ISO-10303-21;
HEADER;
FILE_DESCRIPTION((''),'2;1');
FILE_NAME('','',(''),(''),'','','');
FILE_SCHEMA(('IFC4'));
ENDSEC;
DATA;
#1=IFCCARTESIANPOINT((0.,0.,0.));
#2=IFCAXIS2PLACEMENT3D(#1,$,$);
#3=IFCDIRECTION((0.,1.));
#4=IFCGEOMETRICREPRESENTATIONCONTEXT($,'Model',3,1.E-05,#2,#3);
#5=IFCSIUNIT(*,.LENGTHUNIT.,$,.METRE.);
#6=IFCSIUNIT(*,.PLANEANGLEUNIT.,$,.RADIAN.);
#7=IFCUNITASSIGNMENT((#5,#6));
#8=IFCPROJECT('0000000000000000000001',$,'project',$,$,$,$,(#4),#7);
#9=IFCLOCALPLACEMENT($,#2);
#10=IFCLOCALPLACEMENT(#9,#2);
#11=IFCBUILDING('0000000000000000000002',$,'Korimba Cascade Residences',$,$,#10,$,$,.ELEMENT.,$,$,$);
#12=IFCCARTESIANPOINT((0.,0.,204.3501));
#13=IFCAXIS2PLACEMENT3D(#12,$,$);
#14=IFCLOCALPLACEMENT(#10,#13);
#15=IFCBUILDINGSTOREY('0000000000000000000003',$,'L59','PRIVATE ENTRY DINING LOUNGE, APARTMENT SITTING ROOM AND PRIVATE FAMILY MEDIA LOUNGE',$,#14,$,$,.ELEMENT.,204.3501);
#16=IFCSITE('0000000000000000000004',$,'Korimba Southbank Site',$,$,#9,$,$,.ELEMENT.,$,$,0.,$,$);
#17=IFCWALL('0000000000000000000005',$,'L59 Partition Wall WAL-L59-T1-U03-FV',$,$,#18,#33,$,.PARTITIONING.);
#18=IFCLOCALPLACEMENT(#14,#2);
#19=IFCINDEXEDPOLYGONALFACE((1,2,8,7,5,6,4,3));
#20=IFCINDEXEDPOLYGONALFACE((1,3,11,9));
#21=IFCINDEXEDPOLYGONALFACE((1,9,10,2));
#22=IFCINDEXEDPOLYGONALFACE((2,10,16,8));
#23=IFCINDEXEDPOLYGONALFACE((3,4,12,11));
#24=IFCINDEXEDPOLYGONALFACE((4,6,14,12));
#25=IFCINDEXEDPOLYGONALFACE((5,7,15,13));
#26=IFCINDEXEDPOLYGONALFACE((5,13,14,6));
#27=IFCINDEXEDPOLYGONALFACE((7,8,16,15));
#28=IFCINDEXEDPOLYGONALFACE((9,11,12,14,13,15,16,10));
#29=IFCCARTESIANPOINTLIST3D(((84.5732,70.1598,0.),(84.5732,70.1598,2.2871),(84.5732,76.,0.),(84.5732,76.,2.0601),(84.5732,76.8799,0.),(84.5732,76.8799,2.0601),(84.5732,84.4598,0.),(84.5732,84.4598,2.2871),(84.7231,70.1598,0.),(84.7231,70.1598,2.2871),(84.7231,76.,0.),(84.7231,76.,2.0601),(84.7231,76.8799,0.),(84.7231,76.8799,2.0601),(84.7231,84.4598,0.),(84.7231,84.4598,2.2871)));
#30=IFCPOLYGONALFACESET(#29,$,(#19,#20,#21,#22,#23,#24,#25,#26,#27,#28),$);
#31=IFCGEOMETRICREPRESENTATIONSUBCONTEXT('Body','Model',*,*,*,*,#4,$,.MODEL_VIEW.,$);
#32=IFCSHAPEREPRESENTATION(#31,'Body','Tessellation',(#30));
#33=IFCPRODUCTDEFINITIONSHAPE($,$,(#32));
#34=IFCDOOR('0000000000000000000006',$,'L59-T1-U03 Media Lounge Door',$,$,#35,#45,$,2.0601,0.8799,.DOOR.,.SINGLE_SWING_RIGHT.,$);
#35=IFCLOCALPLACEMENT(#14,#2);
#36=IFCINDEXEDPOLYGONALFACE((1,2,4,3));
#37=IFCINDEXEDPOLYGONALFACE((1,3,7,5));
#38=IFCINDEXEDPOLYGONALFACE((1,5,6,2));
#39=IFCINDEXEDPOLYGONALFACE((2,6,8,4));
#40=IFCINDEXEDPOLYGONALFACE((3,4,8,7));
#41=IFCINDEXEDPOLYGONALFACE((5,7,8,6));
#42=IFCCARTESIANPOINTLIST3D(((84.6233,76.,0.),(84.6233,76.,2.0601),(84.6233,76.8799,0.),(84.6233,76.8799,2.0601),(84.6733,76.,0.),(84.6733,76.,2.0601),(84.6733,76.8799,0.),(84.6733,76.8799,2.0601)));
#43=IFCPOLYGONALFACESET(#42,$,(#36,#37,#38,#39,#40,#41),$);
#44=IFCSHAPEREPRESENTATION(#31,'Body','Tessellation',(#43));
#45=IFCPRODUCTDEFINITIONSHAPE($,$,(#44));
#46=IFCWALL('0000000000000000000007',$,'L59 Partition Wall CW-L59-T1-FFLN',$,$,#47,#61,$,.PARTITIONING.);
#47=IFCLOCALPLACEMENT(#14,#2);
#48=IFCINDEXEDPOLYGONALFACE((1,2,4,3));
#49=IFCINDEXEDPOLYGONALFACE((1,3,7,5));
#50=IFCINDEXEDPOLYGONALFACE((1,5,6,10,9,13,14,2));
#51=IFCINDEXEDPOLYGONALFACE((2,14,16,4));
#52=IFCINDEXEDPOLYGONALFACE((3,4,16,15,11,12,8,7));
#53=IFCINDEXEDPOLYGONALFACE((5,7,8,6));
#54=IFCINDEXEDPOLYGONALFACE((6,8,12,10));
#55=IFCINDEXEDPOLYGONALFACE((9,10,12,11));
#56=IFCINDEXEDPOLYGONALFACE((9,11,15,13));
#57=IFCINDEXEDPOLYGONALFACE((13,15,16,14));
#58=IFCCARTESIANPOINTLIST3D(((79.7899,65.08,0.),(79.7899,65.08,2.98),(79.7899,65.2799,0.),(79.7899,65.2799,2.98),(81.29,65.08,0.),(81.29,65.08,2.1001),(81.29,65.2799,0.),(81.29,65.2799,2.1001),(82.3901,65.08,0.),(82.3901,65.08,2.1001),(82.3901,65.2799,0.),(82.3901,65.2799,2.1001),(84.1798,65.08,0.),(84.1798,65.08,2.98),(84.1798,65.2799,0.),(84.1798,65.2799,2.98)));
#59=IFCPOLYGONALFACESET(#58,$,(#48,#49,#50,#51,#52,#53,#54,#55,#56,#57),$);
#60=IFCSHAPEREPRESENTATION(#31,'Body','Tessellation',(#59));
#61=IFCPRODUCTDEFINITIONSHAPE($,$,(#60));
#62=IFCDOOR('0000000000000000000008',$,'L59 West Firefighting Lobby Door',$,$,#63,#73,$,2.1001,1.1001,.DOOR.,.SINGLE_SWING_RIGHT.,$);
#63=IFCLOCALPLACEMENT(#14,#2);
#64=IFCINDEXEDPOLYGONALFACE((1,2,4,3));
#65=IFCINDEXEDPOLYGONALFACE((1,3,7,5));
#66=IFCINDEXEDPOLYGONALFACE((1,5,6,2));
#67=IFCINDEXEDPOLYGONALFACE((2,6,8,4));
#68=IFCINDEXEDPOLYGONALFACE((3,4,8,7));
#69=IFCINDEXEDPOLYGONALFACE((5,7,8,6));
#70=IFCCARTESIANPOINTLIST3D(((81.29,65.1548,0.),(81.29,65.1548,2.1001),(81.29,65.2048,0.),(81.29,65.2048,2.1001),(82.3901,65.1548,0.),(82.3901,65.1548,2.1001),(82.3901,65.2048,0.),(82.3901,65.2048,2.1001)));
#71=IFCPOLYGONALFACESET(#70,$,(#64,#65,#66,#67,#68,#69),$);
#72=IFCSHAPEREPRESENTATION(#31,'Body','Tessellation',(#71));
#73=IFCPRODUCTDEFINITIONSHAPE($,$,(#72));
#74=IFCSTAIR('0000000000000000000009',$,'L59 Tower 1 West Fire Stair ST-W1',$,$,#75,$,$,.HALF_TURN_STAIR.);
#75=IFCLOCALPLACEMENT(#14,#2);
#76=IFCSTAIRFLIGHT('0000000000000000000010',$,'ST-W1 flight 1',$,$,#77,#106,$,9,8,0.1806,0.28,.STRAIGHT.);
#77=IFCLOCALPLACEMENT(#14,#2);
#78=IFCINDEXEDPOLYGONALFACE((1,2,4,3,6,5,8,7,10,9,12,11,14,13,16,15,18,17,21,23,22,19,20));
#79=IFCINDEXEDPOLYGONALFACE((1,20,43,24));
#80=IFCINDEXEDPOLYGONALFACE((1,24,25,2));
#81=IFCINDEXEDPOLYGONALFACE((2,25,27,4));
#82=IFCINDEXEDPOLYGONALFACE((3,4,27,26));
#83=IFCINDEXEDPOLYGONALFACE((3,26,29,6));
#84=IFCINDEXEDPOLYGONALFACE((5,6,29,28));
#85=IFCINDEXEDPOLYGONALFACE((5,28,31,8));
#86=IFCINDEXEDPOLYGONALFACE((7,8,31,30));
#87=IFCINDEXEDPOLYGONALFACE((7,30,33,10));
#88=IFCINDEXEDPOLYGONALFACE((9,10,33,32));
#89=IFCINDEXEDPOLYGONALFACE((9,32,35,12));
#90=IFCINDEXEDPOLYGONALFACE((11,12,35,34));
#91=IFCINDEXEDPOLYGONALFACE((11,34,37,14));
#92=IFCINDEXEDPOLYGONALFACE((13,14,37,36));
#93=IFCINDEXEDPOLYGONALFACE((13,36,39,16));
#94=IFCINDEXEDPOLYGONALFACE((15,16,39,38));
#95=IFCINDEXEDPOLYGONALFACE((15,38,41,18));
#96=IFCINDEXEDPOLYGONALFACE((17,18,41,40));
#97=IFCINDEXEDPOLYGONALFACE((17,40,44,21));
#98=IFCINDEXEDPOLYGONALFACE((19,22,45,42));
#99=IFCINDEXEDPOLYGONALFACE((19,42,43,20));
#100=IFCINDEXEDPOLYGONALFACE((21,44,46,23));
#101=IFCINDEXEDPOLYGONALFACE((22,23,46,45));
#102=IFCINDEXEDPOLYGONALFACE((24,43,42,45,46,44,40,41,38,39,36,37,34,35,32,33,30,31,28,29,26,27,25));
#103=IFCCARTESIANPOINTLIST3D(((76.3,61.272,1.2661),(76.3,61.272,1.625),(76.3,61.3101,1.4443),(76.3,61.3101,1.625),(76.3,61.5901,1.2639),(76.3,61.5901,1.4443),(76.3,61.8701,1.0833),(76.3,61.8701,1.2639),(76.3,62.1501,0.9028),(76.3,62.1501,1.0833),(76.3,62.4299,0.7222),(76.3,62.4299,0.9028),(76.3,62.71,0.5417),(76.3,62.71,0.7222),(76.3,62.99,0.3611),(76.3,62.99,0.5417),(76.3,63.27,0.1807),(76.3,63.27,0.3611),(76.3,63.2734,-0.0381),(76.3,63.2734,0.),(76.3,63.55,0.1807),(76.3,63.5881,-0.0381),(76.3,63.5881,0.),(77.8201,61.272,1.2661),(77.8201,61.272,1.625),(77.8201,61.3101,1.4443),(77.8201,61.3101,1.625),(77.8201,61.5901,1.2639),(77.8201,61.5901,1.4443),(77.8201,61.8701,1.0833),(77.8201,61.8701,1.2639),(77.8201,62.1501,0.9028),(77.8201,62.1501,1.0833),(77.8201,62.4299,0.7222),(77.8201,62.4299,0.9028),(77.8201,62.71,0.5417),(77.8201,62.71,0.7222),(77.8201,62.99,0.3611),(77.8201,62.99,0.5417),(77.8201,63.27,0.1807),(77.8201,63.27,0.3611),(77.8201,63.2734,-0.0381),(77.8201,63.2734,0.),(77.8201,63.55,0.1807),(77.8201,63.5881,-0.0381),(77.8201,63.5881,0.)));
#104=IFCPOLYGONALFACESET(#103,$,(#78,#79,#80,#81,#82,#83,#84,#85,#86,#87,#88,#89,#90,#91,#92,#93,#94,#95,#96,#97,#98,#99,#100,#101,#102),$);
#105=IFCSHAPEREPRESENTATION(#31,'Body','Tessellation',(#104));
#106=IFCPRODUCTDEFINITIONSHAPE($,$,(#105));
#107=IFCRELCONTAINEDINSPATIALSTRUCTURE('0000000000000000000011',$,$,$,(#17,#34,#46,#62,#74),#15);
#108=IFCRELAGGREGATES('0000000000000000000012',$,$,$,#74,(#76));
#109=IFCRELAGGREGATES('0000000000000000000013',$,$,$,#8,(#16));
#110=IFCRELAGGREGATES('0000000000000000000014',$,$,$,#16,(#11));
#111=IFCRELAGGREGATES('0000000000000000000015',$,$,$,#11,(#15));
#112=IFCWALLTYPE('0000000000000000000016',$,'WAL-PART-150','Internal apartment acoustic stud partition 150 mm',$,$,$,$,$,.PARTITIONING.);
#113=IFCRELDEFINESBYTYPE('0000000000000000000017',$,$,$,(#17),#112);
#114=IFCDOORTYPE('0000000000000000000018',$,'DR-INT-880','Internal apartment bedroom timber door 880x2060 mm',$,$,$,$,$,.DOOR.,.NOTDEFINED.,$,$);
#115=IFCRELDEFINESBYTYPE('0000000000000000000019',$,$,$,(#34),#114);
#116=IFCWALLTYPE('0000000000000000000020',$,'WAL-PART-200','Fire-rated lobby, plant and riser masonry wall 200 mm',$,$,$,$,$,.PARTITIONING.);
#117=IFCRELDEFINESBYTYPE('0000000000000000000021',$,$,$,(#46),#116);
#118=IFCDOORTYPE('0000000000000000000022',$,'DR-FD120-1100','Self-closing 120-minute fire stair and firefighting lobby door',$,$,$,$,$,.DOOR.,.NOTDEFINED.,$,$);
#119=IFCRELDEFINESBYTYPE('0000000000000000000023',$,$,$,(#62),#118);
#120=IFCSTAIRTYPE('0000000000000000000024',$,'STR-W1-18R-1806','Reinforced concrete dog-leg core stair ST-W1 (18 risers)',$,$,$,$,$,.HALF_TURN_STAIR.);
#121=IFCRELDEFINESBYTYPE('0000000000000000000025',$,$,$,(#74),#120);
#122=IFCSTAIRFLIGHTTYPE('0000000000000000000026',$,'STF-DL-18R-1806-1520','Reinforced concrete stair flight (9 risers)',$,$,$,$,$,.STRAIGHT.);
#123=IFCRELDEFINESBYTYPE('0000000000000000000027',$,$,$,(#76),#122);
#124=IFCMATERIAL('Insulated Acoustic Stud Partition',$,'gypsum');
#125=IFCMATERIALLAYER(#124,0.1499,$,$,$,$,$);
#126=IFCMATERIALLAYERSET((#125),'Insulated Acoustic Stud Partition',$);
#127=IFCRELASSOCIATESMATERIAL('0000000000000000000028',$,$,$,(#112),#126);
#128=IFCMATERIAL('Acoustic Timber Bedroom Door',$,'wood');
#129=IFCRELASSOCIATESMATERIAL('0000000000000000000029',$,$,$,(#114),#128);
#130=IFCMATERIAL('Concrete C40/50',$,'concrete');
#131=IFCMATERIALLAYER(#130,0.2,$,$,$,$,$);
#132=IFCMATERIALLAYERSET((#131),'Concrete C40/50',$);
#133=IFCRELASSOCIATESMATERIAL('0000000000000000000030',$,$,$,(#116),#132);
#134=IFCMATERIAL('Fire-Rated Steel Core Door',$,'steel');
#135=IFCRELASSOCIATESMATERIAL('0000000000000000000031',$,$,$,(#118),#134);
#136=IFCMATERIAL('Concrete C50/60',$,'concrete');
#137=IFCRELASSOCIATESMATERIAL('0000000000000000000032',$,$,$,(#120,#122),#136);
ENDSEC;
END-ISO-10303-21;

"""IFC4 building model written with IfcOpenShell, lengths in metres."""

from ifc_helpers import new_model, si_unit, direction, frame, frame_2d, origin, place, context, subcontext, project, spatial, polyline, rectangle, outline, extrude, material, layer, layer_set, type_object, element, fill, aggregate, save


model = new_model("IFC4")

# Units and contexts
model_context = context("Model", 3, precision=1e-05, world=origin(), true_north=direction((0.0, 1.0)))
body_context = subcontext(model_context, "Body", "Model", "MODEL_VIEW")
ifc_project = project(units=[si_unit("LENGTHUNIT", "METRE"), si_unit("PLANEANGLEUNIT", "RADIAN")], contexts=[model_context])

# Site, building, storey
site_placement = place(None, origin())
site = spatial("IfcSite", under=ifc_project, at=site_placement, Name="Korimba Southbank Site", CompositionType="ELEMENT", RefElevation=0.0)
building_placement = place(site_placement, origin())
building = spatial("IfcBuilding", under=site, at=building_placement, Name="Korimba Cascade Residences", CompositionType="ELEMENT")
storey_placement = place(building_placement, frame((0.0, 0.0, 204.3501)))
storey = spatial("IfcBuildingStorey", under=building, at=storey_placement, Name="L59", Description="PRIVATE ENTRY DINING LOUNGE, APARTMENT SITTING ROOM AND PRIVATE FAMILY MEDIA LOUNGE", CompositionType="ELEMENT", Elevation=204.3501)

# Walls, openings, doors
ifc_material_1 = material(Name="Insulated Acoustic Stud Partition", Category="gypsum")
ifc_layer_1 = layer(ifc_material_1, 0.1499)
ifc_layer_set_1 = layer_set([ifc_layer_1], Name="Insulated Acoustic Stud Partition")
wall_type_1 = type_object("IfcWallType", Name="WAL-PART-150", Description="Internal apartment acoustic stud partition 150 mm", PredefinedType="PARTITIONING", material=ifc_layer_set_1)
ifc_material_2 = material(Name="Acoustic Timber Bedroom Door", Category="wood")
door_type_1 = type_object("IfcDoorType", Name="DR-INT-880", Description="Internal apartment bedroom timber door 880x2060 mm", OperationType="NOTDEFINED", PredefinedType="DOOR", material=ifc_material_2)
wall_1_placement = place(storey_placement, frame((84.6482, 70.1599, 0.0), z_axis=(0.0, 0.0, 1.0), x_axis=(0.0, 1.0, 0.0)))
wall_1 = element("IfcWall", 1, at=wall_1_placement, inside=storey, type_object=wall_type_1, Name="L59 Partition Wall WAL-L59-T1-U03-FV", PredefinedType="PARTITIONING", context=body_context, shape_type="SweptSolid", body=[
    extrude(rectangle(XDim=14.3, YDim=0.1499, at=frame_2d((7.1499, 0.0))), origin(), (0.0, 0.0, 1.0), 2.2871),
])
opening_1_placement = place(wall_1_placement, frame((5.8401, 0.0, 0.0)))
opening_1 = element("IfcOpeningElement", 2, at=opening_1_placement, cuts=wall_1, PredefinedType="OPENING", context=body_context, shape_type="SweptSolid", body=[
    extrude(rectangle(XDim=0.8799, YDim=2.0601, at=frame_2d((0.4399, 1.03))), frame((0.0, 0.085, 0.0), z_axis=(0.0, -1.0, 0.0), x_axis=(1.0, 0.0, 0.0)), (0.0, 0.0, 1.0), 0.1699),
])
door_1_placement = place(opening_1_placement, origin())
door_1 = element("IfcDoor", 3, at=door_1_placement, inside=storey, type_object=door_type_1, Name="L59-T1-U03 Media Lounge Door", OperationType="SINGLE_SWING_RIGHT", OverallHeight=2.0601, OverallWidth=0.8799, PredefinedType="DOOR", context=body_context, shape_type="SweptSolid", body=[
    extrude(rectangle(XDim=0.8799, YDim=2.0601, at=frame_2d((0.4399, 1.03))), frame((0.0, 0.0249, 0.0), z_axis=(0.0, -1.0, 0.0), x_axis=(1.0, 0.0, 0.0)), (0.0, 0.0, 1.0), 0.05),
])
fill(opening_1, door_1)
ifc_material_3 = material(Name="Concrete C40/50", Category="concrete")
ifc_layer_2 = layer(ifc_material_3, 0.2)
ifc_layer_set_2 = layer_set([ifc_layer_2], Name="Concrete C40/50")
wall_type_2 = type_object("IfcWallType", Name="WAL-PART-200", Description="Fire-rated lobby, plant and riser masonry wall 200 mm", PredefinedType="PARTITIONING", material=ifc_layer_set_2)
wall_2_placement = place(storey_placement, frame((79.79, 65.1799, 0.0), z_axis=(0.0, 0.0, 1.0), x_axis=(1.0, 0.0, 0.0)))
wall_2 = element("IfcWall", 4, at=wall_2_placement, inside=storey, type_object=wall_type_2, Name="L59 Partition Wall CW-L59-T1-FFLN", PredefinedType="PARTITIONING", context=body_context, shape_type="SweptSolid", body=[
    extrude(rectangle(XDim=4.3899, YDim=0.2, at=frame_2d((2.1948, 0.0))), origin(), (0.0, 0.0, 1.0), 2.98),
])
opening_2_placement = place(wall_2_placement, frame((1.5, 0.0, 0.0)))
opening_2 = element("IfcOpeningElement", 5, at=opening_2_placement, cuts=wall_2, PredefinedType="OPENING", context=body_context, shape_type="SweptSolid", body=[
    extrude(rectangle(XDim=1.1001, YDim=2.1001, at=frame_2d((0.55, 1.05))), frame((0.0, 0.1099, 0.0), z_axis=(0.0, -1.0, 0.0), x_axis=(1.0, 0.0, 0.0)), (0.0, 0.0, 1.0), 0.22),
])
ifc_material_4 = material(Name="Fire-Rated Steel Core Door", Category="steel")
door_type_2 = type_object("IfcDoorType", Name="DR-FD120-1100", Description="Self-closing 120-minute fire stair and firefighting lobby door", OperationType="NOTDEFINED", PredefinedType="DOOR", material=ifc_material_4)
door_2_placement = place(opening_2_placement, origin())
door_2 = element("IfcDoor", 6, at=door_2_placement, inside=storey, type_object=door_type_2, Name="L59 West Firefighting Lobby Door", OperationType="SINGLE_SWING_RIGHT", OverallHeight=2.1001, OverallWidth=1.1001, PredefinedType="DOOR", context=body_context, shape_type="SweptSolid", body=[
    extrude(rectangle(XDim=1.1001, YDim=2.1001, at=frame_2d((0.55, 1.05))), frame((0.0, 0.0249, 0.0), z_axis=(0.0, -1.0, 0.0), x_axis=(1.0, 0.0, 0.0)), (0.0, 0.0, 1.0), 0.05),
])
fill(opening_2, door_2)

# Stair, stair flight
ifc_material_5 = material(Name="Concrete C50/60", Category="concrete")
stair_type = type_object("IfcStairType", Name="STR-W1-18R-1806", Description="Reinforced concrete dog-leg core stair ST-W1 (18 risers)", PredefinedType="HALF_TURN_STAIR", material=ifc_material_5)
stair_placement = place(storey_placement, origin())
stair = element("IfcStair", 7, at=stair_placement, inside=storey, type_object=stair_type, Name="L59 Tower 1 West Fire Stair ST-W1", PredefinedType="HALF_TURN_STAIR")
stair_flight_type = type_object("IfcStairFlightType", Name="STF-DL-18R-1806-1520", Description="Reinforced concrete stair flight (9 risers)", PredefinedType="STRAIGHT", material=ifc_material_5)
stair_flight_placement = place(storey_placement, frame((77.0601, 63.55, 0.0), z_axis=(0.0, 0.0, 1.0), x_axis=(0.0, -1.0, 0.0)))
stair_flight = element("IfcStairFlight", 8, at=stair_flight_placement, type_object=stair_flight_type, Name="ST-W1 flight 1", NumberOfRisers=9, NumberOfTreads=8, PredefinedType="STRAIGHT", RiserHeight=0.1806, TreadLength=0.28, context=body_context, shape_type="SweptSolid", body=[
    extrude(outline(polyline([(-0.0381, 0.0), (0.0, 0.1807), (0.28, 0.1807), (0.28, 0.3611), (0.5601, 0.3611), (0.5601, 0.5417), (0.8401, 0.5417), (0.8401, 0.7222), (1.1201, 0.7222), (1.1201, 0.9028), (1.3999, 0.9028), (1.3999, 1.0833), (1.6799, 1.0833), (1.6799, 1.2639), (1.96, 1.2639), (1.96, 1.4443), (2.24, 1.4443), (2.24, 1.625), (2.2781, 1.625), (2.2781, 1.2661), (0.2766, 0.0), (0.2766, -0.0381), (-0.0381, -0.0381), (-0.0381, 0.0)])), frame((0.0, 0.76, 0.0), z_axis=(0.0, -1.0, 0.0), x_axis=(1.0, 0.0, 0.0)), (0.0, 0.0, 1.0), 1.52),
])
aggregate(stair, [stair_flight])

save(model, "model.ifc")
